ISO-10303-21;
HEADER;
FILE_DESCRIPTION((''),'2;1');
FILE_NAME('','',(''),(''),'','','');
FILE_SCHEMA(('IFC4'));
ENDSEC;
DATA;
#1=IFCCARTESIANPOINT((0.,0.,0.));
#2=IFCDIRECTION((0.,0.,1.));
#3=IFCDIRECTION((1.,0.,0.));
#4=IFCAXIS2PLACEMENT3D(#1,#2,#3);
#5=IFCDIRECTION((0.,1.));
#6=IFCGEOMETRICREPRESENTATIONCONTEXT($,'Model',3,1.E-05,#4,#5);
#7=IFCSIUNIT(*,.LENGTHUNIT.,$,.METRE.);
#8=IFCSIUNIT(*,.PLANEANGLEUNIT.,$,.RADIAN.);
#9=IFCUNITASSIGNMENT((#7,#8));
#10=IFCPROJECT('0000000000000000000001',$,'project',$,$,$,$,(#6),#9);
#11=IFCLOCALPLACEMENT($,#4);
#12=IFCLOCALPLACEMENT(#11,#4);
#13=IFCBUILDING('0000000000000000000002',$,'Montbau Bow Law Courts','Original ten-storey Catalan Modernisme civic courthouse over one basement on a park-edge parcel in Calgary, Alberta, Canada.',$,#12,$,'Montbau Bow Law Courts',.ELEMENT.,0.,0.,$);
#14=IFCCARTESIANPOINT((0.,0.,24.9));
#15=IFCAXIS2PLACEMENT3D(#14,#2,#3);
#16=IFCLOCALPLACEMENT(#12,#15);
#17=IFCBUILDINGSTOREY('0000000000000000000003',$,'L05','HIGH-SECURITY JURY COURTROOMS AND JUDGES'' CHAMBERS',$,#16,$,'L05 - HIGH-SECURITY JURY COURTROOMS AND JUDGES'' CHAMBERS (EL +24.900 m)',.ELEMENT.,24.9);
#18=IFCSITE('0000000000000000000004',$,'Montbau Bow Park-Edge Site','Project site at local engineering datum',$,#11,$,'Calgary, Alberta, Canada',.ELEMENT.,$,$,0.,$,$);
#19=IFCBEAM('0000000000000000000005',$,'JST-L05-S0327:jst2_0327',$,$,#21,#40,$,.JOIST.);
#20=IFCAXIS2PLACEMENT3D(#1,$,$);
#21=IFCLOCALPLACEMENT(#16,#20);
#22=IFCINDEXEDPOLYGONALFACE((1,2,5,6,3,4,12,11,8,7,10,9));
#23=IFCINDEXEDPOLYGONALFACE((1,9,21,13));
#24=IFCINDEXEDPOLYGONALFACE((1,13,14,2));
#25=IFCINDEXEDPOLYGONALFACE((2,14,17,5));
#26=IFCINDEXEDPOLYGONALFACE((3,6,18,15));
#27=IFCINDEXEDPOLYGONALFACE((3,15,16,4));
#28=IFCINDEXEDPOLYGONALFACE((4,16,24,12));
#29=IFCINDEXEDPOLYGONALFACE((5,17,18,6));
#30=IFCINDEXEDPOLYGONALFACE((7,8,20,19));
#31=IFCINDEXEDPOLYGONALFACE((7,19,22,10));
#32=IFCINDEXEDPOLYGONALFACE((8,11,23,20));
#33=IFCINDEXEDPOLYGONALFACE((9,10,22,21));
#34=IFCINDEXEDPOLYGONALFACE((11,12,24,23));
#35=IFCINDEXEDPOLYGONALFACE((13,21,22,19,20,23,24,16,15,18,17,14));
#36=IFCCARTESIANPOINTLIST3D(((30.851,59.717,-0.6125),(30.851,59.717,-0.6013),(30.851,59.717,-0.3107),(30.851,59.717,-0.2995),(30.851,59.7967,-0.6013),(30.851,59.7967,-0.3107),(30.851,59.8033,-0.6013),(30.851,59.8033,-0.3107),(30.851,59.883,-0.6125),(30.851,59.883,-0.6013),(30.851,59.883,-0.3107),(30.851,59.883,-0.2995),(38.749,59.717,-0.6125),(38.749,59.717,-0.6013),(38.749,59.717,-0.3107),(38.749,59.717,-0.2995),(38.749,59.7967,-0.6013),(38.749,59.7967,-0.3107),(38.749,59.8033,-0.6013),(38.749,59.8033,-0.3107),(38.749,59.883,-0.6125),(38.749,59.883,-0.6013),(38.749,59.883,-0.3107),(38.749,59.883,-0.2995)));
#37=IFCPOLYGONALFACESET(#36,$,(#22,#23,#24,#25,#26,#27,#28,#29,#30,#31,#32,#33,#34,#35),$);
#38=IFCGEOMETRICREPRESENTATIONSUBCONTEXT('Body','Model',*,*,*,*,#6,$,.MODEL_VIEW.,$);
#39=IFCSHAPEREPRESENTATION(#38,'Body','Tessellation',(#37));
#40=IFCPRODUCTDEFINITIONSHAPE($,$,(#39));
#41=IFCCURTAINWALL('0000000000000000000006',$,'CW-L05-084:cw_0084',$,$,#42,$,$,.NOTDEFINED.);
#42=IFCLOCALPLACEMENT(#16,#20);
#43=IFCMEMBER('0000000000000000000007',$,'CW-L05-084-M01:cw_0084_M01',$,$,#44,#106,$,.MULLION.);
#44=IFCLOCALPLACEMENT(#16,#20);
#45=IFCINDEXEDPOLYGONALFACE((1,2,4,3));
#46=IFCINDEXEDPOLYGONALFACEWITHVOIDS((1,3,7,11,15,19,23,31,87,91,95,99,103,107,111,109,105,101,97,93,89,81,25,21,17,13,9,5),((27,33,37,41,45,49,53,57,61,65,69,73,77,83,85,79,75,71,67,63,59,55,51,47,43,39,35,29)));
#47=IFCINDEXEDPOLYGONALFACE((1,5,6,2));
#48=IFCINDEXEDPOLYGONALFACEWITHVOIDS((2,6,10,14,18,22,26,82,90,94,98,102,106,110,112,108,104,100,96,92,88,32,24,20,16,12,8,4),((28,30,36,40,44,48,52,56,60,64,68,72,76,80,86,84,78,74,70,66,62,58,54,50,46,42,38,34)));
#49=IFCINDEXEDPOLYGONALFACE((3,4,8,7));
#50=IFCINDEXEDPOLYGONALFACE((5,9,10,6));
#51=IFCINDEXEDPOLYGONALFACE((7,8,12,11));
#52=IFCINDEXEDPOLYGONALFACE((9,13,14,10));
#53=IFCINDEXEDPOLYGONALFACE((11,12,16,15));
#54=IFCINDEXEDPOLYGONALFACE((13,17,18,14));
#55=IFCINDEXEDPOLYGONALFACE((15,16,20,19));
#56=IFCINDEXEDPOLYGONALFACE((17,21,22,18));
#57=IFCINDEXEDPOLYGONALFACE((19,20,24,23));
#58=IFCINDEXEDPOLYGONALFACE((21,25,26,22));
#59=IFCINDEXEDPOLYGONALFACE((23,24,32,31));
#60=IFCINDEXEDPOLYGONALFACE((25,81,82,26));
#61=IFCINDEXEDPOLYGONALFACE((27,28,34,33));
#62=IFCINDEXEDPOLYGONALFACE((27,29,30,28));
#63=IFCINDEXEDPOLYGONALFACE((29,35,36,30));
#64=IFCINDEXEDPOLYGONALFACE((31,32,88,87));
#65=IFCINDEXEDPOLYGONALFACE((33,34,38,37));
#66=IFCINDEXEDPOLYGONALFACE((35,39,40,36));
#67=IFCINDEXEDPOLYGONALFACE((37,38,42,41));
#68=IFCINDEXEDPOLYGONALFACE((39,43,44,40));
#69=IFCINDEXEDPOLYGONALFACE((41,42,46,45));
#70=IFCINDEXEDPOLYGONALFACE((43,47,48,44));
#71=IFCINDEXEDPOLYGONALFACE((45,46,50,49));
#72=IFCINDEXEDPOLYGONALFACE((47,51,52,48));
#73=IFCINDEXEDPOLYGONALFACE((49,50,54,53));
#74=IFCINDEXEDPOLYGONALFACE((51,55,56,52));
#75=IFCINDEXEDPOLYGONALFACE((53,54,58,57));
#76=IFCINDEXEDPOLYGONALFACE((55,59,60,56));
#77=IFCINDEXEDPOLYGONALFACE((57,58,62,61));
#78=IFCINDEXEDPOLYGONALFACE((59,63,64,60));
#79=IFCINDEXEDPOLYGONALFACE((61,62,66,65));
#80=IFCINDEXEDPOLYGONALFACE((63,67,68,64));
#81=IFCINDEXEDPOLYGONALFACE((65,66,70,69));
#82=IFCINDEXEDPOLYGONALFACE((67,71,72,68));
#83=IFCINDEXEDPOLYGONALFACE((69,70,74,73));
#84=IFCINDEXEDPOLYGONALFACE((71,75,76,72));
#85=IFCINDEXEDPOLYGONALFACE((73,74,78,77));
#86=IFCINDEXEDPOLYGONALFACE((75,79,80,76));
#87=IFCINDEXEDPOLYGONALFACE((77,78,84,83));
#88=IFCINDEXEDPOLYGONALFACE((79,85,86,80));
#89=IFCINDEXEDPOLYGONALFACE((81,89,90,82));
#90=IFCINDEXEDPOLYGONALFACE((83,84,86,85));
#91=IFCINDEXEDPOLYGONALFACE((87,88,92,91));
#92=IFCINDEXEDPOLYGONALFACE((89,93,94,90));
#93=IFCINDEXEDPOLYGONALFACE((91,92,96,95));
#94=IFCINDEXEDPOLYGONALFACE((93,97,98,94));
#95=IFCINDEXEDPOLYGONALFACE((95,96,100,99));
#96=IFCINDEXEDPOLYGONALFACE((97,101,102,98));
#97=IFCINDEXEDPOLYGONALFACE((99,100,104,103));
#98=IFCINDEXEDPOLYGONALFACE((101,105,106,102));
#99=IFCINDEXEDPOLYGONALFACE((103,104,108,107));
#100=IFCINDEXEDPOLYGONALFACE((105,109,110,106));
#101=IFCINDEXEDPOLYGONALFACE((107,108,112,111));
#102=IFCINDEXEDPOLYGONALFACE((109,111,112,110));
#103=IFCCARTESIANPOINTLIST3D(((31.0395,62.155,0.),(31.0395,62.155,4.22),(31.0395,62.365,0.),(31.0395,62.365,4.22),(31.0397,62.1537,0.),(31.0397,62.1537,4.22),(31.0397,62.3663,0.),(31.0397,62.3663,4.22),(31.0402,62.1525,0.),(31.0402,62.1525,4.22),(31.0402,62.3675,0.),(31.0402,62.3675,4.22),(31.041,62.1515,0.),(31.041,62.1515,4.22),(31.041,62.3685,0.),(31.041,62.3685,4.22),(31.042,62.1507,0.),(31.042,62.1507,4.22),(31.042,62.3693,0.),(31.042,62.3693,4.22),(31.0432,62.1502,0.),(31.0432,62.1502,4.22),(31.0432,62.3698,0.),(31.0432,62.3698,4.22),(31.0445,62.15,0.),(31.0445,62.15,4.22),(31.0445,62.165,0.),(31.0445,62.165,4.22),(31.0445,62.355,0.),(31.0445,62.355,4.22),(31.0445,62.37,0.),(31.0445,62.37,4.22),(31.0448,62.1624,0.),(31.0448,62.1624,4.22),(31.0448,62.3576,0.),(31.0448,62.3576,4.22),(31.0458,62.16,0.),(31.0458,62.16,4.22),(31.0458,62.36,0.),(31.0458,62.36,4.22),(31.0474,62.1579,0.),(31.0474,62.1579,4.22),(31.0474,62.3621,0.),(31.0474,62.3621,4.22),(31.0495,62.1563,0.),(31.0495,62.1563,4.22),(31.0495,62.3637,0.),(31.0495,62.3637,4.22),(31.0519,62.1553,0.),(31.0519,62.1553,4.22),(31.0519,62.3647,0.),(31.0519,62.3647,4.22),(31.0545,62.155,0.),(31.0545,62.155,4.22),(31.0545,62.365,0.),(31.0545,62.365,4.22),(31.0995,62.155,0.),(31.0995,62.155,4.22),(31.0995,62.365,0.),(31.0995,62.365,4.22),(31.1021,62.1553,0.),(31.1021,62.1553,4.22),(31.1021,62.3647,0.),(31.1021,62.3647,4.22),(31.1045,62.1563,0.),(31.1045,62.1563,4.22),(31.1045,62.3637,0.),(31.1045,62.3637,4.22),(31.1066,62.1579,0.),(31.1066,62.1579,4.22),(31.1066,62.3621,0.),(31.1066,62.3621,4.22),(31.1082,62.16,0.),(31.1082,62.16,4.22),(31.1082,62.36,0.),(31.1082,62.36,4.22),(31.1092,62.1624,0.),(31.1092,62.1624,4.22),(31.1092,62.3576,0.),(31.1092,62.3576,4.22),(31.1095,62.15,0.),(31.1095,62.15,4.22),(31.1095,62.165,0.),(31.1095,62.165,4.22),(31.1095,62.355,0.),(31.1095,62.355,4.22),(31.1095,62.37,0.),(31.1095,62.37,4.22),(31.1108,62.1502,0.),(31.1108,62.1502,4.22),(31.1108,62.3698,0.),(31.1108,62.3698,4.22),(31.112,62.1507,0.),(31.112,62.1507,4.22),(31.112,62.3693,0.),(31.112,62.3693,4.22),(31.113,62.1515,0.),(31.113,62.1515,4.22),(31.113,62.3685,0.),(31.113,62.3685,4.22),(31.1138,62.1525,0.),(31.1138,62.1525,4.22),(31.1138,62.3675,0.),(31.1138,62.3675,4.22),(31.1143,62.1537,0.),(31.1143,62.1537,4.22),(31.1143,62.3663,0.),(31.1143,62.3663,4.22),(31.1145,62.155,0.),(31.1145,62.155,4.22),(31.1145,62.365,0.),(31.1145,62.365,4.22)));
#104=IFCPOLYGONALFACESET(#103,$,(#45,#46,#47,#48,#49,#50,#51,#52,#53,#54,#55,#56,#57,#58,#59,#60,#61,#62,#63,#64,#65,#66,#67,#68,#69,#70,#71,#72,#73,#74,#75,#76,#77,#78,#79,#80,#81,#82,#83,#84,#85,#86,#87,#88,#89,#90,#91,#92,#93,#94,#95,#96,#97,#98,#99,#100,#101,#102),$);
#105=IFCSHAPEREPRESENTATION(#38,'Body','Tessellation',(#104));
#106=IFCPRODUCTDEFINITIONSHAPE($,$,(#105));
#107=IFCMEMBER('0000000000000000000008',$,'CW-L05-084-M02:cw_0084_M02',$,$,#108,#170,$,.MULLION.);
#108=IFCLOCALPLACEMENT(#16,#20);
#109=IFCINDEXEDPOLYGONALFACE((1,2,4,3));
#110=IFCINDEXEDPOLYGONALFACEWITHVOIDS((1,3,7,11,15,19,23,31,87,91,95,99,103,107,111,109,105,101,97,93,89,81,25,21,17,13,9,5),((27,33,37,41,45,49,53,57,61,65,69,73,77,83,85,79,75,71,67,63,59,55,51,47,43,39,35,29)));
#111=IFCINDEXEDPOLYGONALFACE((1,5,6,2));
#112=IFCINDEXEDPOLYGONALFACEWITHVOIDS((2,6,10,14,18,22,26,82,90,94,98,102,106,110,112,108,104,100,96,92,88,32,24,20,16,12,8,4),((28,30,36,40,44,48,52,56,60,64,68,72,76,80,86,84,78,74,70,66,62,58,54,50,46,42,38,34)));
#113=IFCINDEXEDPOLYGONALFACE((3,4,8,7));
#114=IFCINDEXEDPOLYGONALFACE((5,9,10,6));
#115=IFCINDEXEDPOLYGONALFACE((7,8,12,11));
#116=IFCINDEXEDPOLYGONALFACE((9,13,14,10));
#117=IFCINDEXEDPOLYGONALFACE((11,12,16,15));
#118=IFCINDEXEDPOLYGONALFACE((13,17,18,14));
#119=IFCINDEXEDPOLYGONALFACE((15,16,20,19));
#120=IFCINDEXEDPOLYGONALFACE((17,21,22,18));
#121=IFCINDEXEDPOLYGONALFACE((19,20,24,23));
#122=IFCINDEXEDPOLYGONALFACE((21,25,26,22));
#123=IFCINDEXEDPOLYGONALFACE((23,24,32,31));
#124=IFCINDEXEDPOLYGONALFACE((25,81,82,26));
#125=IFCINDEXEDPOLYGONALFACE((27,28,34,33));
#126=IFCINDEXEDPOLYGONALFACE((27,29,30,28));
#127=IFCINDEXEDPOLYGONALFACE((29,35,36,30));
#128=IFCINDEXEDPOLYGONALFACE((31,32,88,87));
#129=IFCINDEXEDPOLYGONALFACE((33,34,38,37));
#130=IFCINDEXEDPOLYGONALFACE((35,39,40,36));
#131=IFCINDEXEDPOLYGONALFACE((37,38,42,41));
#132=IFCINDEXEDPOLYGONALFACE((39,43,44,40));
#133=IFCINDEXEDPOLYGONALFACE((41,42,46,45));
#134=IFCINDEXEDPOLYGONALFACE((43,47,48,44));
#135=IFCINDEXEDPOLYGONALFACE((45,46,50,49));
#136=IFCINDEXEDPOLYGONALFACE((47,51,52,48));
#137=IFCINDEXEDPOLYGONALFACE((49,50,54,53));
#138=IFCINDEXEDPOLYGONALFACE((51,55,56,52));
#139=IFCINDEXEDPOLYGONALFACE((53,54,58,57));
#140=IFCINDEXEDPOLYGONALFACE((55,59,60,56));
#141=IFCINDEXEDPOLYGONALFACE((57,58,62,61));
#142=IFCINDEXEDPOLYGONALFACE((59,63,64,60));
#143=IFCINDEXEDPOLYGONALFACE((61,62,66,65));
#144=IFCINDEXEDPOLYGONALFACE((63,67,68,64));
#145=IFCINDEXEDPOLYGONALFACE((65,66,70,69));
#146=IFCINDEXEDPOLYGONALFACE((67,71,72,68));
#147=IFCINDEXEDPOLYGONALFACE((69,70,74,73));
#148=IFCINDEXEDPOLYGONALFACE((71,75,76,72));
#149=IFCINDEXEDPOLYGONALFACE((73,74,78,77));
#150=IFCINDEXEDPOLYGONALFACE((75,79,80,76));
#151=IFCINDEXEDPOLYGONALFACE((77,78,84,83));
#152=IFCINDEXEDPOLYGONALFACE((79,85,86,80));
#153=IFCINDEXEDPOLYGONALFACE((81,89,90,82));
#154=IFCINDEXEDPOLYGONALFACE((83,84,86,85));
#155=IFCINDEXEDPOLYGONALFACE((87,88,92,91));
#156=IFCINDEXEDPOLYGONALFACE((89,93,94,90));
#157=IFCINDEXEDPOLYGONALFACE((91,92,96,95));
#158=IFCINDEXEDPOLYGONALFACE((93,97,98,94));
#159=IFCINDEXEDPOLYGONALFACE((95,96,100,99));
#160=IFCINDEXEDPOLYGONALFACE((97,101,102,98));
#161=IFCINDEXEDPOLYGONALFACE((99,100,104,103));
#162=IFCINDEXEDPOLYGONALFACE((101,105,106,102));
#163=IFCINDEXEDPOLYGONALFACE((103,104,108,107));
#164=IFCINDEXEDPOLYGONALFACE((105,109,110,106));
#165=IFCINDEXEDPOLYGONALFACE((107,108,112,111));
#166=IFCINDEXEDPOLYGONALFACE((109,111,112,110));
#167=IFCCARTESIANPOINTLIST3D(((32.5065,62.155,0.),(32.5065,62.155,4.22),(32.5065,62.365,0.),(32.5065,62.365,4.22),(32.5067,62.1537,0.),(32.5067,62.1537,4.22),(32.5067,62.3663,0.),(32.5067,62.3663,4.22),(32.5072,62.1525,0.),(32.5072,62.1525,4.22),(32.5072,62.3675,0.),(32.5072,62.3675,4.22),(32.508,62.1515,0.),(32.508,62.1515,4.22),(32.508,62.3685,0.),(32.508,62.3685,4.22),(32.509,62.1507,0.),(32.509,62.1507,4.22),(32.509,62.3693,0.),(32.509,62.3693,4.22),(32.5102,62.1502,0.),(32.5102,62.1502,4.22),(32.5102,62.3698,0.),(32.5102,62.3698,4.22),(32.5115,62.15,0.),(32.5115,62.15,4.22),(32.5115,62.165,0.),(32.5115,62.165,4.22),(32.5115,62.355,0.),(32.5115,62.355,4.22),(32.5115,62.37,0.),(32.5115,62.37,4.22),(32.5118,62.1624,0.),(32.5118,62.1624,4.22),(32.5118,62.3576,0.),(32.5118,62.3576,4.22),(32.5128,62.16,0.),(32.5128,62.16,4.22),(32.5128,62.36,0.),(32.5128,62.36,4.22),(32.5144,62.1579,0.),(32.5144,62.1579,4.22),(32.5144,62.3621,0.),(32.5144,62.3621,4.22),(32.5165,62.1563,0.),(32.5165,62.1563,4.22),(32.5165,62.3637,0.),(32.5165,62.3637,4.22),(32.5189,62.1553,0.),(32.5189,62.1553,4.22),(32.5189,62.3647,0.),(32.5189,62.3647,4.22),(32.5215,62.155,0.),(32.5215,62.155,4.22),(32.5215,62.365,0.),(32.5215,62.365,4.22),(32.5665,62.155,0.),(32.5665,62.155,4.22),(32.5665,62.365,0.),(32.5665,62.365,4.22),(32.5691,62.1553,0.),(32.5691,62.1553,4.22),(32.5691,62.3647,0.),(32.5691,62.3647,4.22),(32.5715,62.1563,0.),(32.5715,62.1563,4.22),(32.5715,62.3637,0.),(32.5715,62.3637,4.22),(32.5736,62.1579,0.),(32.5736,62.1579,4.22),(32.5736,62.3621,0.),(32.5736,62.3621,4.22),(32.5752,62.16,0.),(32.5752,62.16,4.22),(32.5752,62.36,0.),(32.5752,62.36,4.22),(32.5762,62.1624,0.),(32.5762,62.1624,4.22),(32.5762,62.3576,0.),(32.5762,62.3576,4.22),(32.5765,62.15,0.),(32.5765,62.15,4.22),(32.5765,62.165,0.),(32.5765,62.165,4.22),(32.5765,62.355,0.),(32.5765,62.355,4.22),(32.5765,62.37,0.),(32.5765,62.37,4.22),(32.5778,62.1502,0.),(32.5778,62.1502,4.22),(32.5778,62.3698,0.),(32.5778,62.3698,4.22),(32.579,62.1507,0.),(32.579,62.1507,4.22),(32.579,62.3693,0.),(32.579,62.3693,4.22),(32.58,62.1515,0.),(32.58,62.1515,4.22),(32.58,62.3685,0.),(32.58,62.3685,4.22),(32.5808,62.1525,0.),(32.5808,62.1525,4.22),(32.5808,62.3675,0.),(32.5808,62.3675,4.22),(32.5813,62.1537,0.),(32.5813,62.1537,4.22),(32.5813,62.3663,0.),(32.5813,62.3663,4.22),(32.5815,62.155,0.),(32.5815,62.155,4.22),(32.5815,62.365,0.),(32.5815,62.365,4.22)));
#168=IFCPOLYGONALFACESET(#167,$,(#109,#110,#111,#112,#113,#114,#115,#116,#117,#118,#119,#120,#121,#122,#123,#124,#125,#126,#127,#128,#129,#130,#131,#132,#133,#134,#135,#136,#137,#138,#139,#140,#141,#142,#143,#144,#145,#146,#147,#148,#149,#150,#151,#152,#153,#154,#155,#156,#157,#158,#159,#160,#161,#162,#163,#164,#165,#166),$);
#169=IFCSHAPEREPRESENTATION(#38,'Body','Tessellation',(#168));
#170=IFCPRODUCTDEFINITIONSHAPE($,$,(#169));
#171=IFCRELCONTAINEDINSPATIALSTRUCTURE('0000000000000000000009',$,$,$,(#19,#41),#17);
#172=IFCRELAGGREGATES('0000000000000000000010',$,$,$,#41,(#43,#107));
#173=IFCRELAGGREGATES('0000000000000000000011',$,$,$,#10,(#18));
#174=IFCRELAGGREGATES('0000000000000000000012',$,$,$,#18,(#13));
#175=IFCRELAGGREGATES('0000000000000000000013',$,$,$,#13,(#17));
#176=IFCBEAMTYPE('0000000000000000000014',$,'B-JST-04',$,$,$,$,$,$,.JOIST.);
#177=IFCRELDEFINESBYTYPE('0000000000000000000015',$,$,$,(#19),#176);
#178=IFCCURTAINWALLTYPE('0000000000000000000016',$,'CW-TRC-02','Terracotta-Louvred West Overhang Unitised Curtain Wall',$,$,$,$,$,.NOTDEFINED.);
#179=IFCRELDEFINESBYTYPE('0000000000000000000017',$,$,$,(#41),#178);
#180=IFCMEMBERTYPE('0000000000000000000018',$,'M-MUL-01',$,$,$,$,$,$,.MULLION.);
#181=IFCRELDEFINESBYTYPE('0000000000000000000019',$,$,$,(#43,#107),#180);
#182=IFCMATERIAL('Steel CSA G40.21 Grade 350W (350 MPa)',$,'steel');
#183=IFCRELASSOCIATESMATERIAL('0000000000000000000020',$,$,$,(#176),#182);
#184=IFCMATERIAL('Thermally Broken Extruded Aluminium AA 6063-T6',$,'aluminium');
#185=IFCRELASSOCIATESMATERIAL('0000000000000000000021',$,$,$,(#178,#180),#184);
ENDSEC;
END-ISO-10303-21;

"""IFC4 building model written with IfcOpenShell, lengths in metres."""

from ifc_helpers import new_model, si_unit, direction, frame, origin_with_axes, origin_2d_with_axis, place, context, subcontext, project, spatial, hollow_rectangle, i_section, extrude, material, material_profile, profile_set, type_object, element, aggregate, save


model = new_model("IFC4")

# Units and contexts
model_context = context("Model", 3, precision=1e-05, world=origin_with_axes(), true_north=direction((0.0, 1.0)))
body_context = subcontext(model_context, "Body", "Model", "MODEL_VIEW")
ifc_project = project(units=[si_unit("LENGTHUNIT", "METRE"), si_unit("PLANEANGLEUNIT", "RADIAN")], contexts=[model_context])

# Site, building, storey
site_placement = place(None, origin_with_axes())
site = spatial("IfcSite", under=ifc_project, at=site_placement, Name="Montbau Bow Park-Edge Site", Description="Project site at local engineering datum", LongName="Calgary, Alberta, Canada", CompositionType="ELEMENT", RefElevation=0.0)
building_placement = place(site_placement, origin_with_axes())
building = spatial("IfcBuilding", under=site, at=building_placement, Name="Montbau Bow Law Courts", Description="Original ten-storey Catalan Modernisme civic courthouse over one basement on a park-edge parcel in Calgary, Alberta, Canada.", LongName="Montbau Bow Law Courts", CompositionType="ELEMENT", ElevationOfRefHeight=0.0, ElevationOfTerrain=0.0)
storey_placement = place(building_placement, frame((0.0, 0.0, 24.9), z_axis=(0.0, 0.0, 1.0), x_axis=(1.0, 0.0, 0.0)))
storey = spatial("IfcBuildingStorey", under=building, at=storey_placement, Name="L05", Description="HIGH-SECURITY JURY COURTROOMS AND JUDGES' CHAMBERS", LongName="L05 - HIGH-SECURITY JURY COURTROOMS AND JUDGES' CHAMBERS (EL +24.900 m)", CompositionType="ELEMENT", Elevation=24.9)

# Beam
ifc_material_1 = material(Name="Steel CSA G40.21 Grade 350W (350 MPa)", Category="steel")
ifc_material_profile_1 = material_profile(ifc_material_1, i_section(OverallWidth=0.166, OverallDepth=0.313, WebThickness=0.0066, FlangeThickness=0.0112, at=origin_2d_with_axis()), Name="W310X45", Category="Main", Priority=0)
ifc_profile_set_1 = profile_set([ifc_material_profile_1], Name="Steel CSA G40.21 Grade 350W (350 MPa)")
beam_type = type_object("IfcBeamType", Name="B-JST-04", PredefinedType="JOIST", material=ifc_profile_set_1)
beam_placement = place(None, frame((30.851, 59.8, 24.444), z_axis=(1.0, 0.0, 0.0), x_axis=(0.0, 1.0, 0.0)))
element("IfcBeam", 1, at=beam_placement, inside=storey, type_object=beam_type, Name="JST-L05-S0327:jst2_0327", PredefinedType="JOIST", context=body_context, shape_type="SweptSolid", body=[
    extrude(i_section(OverallWidth=0.166, OverallDepth=0.313, WebThickness=0.0066, FlangeThickness=0.0112, at=origin_2d_with_axis()), origin_with_axes(), (0.0, 0.0, 1.0), 7.898),
])

# Curtain wall, members
ifc_material_2 = material(Name="Thermally Broken Extruded Aluminium AA 6063-T6", Category="aluminium")
curtain_wall_type = type_object("IfcCurtainWallType", Name="CW-TRC-02", Description="Terracotta-Louvred West Overhang Unitised Curtain Wall", PredefinedType="NOTDEFINED", material=ifc_material_2)
curtain_wall_placement = place(None, frame((31.04, 62.26, 24.9), z_axis=(0.0, 0.0, 1.0), x_axis=(1.0, 0.0, 0.0)))
curtain_wall = element("IfcCurtainWall", 2, at=curtain_wall_placement, inside=storey, type_object=curtain_wall_type, Name="CW-L05-084:cw_0084", PredefinedType="NOTDEFINED")
ifc_material_profile_2 = material_profile(ifc_material_2, hollow_rectangle(XDim=0.075, YDim=0.22, WallThickness=0.005, InnerFilletRadius=0.01, OuterFilletRadius=0.005, at=origin_2d_with_axis()), Name="CWM-220X75", Category="Main", Priority=0)
ifc_profile_set_2 = profile_set([ifc_material_profile_2], Name="Thermally Broken Extruded Aluminium AA 6063-T6")
member_type_1 = type_object("IfcMemberType", Name="M-MUL-01", PredefinedType="MULLION", material=ifc_profile_set_2)
member_1_placement = place(None, frame((31.077, 62.26, 24.9), z_axis=(0.0, 0.0, 1.0), x_axis=(1.0, 0.0, 0.0)))
member_1 = element("IfcMember", 3, at=member_1_placement, type_object=member_type_1, Name="CW-L05-084-M01:cw_0084_M01", PredefinedType="MULLION", context=body_context, shape_type="SweptSolid", body=[
    extrude(hollow_rectangle(XDim=0.075, YDim=0.22, WallThickness=0.005, InnerFilletRadius=0.01, OuterFilletRadius=0.005, at=origin_2d_with_axis()), origin_with_axes(), (0.0, 0.0, 1.0), 4.22),
])
member_2_placement = place(None, frame((32.544, 62.26, 24.9), z_axis=(0.0, 0.0, 1.0), x_axis=(1.0, 0.0, 0.0)))
member_2 = element("IfcMember", 4, at=member_2_placement, type_object=member_type_1, Name="CW-L05-084-M02:cw_0084_M02", PredefinedType="MULLION", context=body_context, shape_type="SweptSolid", body=[
    extrude(hollow_rectangle(XDim=0.075, YDim=0.22, WallThickness=0.005, InnerFilletRadius=0.01, OuterFilletRadius=0.005, at=origin_2d_with_axis()), origin_with_axes(), (0.0, 0.0, 1.0), 4.22),
])
aggregate(curtain_wall, [member_1, member_2])

save(model, "model.ifc")
